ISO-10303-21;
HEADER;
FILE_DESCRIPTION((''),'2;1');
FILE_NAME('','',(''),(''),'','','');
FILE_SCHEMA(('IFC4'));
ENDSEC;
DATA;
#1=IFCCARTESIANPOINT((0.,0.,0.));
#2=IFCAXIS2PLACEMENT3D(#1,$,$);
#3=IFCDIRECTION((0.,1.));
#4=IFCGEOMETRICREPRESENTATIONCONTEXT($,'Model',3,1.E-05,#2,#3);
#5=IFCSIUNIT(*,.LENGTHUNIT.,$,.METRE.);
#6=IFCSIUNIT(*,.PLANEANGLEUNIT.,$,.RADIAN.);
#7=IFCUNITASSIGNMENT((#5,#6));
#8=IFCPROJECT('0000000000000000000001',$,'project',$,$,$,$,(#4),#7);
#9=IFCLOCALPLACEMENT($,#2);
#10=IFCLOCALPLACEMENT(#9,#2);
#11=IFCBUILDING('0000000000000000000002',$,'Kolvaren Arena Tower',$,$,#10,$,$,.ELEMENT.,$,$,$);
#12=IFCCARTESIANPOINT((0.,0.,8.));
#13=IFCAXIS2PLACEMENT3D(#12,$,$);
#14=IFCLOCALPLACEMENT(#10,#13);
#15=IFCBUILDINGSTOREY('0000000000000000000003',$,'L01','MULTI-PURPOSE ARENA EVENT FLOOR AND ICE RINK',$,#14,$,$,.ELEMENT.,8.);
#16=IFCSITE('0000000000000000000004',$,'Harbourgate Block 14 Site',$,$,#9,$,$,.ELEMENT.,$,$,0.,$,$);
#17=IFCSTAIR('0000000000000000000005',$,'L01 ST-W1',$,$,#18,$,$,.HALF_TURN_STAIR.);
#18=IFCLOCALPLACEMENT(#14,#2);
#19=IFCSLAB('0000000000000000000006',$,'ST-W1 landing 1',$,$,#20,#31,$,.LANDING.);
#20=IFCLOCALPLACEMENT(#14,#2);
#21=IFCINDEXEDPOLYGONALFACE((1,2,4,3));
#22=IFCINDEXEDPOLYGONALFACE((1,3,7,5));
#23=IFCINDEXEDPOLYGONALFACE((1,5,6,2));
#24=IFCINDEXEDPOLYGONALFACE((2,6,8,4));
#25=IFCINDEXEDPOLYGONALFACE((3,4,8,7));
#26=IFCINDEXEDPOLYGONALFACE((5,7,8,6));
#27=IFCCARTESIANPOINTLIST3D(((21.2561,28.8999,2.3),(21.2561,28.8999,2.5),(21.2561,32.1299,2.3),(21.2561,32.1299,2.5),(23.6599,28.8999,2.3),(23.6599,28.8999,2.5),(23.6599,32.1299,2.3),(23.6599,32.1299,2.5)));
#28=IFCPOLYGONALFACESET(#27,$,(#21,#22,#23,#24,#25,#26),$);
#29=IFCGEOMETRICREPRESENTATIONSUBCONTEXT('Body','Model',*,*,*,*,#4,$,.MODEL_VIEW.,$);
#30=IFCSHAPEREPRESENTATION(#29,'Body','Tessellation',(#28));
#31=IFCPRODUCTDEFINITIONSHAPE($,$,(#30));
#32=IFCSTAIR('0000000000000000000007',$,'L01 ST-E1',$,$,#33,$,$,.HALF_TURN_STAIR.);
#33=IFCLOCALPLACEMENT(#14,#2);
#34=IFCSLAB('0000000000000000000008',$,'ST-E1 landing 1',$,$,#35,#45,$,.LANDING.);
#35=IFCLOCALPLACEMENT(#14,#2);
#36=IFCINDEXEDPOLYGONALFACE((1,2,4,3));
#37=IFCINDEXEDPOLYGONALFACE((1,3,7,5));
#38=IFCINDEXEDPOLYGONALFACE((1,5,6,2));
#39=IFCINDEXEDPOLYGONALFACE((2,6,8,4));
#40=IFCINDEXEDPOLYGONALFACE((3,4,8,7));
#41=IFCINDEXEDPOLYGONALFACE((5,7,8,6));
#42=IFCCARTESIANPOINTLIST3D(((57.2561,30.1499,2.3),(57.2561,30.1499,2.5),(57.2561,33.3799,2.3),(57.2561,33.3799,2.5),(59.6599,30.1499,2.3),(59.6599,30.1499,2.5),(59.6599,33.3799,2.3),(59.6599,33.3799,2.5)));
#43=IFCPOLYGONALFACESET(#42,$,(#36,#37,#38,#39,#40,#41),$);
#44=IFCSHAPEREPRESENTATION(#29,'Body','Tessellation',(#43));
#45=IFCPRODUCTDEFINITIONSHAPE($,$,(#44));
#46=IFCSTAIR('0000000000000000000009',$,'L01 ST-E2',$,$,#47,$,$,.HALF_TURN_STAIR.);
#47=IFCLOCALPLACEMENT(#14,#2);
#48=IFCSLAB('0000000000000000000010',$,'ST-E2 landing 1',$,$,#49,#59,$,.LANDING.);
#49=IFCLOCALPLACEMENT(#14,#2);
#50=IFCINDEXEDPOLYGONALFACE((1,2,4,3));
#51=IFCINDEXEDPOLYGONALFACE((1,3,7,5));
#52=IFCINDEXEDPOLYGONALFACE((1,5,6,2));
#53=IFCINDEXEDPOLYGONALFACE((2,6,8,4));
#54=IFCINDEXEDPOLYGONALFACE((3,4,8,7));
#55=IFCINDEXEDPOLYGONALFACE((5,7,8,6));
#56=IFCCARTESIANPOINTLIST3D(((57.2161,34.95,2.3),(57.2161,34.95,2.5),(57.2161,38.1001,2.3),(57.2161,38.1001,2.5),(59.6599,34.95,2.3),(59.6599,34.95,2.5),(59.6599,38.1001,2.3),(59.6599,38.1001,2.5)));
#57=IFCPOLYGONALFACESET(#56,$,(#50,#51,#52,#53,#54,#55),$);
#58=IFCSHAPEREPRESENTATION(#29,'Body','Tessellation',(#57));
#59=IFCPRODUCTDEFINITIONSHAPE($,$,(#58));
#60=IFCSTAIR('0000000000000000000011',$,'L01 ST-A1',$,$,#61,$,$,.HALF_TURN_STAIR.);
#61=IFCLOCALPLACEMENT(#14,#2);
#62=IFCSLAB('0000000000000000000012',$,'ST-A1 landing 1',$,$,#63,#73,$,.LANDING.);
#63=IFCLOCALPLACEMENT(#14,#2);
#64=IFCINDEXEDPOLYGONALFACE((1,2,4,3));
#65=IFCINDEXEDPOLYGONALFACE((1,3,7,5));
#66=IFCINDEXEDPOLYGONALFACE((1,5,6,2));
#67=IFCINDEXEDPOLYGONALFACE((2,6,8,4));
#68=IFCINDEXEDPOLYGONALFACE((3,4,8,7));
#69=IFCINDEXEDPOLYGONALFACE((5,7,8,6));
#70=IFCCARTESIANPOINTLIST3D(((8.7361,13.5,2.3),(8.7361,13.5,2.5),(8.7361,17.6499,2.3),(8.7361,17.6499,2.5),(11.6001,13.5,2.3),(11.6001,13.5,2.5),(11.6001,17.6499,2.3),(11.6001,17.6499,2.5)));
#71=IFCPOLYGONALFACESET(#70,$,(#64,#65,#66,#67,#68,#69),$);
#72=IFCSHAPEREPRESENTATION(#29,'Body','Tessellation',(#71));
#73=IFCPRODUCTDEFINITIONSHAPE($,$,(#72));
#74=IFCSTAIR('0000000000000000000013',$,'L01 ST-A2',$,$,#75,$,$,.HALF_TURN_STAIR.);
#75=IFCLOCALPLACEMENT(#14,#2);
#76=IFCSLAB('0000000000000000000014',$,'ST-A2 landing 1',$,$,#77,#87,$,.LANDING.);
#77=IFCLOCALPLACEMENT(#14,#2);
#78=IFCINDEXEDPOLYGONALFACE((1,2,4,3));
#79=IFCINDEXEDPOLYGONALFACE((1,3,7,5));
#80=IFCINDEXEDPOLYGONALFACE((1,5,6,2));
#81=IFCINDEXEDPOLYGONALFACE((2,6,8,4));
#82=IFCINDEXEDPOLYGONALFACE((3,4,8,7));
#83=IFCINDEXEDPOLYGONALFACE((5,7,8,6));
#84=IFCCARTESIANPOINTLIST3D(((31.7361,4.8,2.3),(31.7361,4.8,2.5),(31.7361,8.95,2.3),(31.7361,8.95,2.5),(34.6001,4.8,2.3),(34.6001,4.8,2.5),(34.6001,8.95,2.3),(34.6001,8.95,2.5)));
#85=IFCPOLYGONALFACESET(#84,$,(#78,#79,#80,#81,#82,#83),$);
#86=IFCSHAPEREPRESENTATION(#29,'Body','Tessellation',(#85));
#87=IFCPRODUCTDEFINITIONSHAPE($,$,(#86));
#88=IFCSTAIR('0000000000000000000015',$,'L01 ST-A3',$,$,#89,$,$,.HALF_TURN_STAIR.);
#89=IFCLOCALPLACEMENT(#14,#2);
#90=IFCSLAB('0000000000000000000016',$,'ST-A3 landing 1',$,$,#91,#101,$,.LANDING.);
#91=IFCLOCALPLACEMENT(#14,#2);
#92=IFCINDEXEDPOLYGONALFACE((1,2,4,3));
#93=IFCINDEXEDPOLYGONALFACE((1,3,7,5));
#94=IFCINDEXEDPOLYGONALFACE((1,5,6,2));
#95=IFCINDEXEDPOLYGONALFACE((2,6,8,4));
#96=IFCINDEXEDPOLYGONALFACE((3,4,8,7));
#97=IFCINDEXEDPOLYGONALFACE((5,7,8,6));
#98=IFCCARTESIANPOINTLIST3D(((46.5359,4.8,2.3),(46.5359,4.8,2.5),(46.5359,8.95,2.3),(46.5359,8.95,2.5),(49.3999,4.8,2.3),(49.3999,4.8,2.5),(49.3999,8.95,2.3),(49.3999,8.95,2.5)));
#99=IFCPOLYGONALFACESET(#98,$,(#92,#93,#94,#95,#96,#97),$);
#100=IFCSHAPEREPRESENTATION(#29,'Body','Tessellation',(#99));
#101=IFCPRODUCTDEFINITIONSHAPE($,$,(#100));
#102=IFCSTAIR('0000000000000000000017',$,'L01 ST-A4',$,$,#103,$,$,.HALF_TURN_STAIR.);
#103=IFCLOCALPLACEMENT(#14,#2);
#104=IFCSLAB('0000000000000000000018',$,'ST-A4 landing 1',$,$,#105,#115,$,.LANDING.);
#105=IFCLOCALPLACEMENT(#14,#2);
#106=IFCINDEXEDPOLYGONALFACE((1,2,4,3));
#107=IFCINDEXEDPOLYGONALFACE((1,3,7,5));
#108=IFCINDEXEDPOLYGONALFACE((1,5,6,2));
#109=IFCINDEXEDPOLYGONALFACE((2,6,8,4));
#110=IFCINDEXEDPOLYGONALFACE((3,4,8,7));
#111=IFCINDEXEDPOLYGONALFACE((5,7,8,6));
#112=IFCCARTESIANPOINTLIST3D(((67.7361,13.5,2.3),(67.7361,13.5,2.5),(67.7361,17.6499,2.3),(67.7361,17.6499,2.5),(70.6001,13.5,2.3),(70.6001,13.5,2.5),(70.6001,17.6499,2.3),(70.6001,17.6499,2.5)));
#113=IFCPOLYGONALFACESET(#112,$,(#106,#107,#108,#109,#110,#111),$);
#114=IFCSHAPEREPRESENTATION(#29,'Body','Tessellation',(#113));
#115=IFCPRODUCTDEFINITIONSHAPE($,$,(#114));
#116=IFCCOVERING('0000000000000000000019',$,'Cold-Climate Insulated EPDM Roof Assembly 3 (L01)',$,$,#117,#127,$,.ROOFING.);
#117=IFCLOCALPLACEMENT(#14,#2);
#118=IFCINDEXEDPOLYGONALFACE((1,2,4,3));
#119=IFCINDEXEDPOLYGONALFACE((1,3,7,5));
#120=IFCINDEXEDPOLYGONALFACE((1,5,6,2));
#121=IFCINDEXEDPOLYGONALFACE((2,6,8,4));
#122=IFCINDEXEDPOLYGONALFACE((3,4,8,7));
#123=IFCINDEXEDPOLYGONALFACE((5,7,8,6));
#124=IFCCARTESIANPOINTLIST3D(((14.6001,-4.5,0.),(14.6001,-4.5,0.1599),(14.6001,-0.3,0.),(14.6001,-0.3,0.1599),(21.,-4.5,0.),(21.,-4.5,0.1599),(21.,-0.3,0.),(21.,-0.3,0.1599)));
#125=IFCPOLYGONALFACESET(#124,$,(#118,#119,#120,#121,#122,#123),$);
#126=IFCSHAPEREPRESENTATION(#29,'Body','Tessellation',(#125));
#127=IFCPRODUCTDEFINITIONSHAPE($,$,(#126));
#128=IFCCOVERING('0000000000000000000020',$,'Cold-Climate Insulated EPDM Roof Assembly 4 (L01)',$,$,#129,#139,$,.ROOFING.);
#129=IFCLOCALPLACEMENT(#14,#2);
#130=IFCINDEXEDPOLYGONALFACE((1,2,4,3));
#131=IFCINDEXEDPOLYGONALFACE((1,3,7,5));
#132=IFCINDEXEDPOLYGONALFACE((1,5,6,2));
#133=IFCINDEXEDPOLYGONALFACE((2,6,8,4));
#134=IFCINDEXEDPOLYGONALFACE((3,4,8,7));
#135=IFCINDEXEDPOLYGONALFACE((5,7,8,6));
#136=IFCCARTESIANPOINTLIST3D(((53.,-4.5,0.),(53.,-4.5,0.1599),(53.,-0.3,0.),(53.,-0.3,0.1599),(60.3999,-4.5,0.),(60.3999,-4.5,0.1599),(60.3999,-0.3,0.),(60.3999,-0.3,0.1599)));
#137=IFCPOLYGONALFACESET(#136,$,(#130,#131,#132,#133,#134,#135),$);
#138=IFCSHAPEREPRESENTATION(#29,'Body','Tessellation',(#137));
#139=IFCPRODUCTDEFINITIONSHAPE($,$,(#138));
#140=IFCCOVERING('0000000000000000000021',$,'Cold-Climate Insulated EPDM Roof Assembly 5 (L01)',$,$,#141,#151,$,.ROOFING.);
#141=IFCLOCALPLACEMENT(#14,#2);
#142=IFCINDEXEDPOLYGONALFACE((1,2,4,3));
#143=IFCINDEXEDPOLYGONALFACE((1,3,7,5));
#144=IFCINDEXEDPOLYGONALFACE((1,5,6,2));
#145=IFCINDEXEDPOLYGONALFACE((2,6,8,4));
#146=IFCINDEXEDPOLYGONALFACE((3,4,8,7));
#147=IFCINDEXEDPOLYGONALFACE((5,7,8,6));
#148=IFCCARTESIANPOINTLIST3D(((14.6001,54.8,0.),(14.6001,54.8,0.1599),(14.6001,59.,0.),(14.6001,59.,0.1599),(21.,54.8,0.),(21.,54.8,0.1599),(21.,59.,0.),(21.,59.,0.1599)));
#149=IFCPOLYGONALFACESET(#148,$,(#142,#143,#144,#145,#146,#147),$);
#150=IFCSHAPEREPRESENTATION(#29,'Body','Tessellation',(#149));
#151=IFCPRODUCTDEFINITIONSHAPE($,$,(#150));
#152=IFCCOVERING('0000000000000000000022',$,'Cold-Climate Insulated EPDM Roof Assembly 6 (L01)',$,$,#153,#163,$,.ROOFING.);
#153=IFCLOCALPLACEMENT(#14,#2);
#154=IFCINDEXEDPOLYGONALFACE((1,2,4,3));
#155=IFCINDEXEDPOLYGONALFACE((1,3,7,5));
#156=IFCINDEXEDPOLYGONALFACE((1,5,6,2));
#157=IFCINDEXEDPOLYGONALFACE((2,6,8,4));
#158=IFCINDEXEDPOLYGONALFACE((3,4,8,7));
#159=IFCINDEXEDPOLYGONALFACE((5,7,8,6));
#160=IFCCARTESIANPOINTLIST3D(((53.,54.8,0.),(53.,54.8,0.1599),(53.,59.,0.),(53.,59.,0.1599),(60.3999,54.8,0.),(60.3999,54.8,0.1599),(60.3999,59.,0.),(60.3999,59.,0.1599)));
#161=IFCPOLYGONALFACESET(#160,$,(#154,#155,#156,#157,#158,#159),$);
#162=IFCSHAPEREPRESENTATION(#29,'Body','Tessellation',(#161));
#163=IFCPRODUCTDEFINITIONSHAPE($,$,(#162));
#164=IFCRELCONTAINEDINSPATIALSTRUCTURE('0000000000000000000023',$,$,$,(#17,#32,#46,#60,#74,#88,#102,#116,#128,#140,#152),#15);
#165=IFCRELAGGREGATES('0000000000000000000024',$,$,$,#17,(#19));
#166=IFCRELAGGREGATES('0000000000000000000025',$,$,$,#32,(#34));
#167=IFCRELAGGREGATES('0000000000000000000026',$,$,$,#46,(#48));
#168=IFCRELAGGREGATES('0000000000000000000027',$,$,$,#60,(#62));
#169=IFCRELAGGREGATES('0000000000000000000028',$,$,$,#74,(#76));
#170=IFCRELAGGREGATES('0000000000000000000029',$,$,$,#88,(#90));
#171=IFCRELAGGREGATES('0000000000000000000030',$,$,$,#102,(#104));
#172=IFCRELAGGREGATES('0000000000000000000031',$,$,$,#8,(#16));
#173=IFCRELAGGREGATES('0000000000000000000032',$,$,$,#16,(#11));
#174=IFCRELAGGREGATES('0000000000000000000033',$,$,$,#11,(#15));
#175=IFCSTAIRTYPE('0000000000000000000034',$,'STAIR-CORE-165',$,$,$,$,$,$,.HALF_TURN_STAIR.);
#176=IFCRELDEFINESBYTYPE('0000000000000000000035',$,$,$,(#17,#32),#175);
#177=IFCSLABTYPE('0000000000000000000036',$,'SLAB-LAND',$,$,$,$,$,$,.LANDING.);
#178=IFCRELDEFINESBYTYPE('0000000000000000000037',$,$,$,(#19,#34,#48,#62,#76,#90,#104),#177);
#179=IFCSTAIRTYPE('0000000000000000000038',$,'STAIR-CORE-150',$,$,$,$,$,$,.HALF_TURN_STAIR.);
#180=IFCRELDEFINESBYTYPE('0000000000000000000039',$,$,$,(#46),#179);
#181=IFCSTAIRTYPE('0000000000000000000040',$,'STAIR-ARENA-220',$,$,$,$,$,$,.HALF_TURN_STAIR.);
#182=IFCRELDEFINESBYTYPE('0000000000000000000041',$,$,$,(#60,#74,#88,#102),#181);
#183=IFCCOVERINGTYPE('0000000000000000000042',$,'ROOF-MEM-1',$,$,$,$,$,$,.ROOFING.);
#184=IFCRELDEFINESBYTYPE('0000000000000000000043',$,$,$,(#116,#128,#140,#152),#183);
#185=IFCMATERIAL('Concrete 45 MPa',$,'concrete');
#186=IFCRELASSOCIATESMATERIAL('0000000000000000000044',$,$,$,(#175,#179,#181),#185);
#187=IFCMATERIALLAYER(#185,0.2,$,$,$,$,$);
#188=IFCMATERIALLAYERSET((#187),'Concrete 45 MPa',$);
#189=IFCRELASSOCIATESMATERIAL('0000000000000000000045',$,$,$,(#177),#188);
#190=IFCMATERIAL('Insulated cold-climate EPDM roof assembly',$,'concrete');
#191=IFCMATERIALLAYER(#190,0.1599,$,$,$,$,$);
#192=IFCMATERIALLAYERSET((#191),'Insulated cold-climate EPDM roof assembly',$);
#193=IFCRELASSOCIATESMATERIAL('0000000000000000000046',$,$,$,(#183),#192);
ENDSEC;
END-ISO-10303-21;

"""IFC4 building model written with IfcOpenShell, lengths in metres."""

from ifc_helpers import new_model, si_unit, direction, frame, origin, place, context, subcontext, project, spatial, polyline, outline, extrude, material, layer, layer_set, type_object, element, aggregate, save


model = new_model("IFC4")

# Units and contexts
model_context = context("Model", 3, precision=1e-05, world=origin(), true_north=direction((0.0, 1.0)))
body_context = subcontext(model_context, "Body", "Model", "MODEL_VIEW")
ifc_project = project(units=[si_unit("LENGTHUNIT", "METRE"), si_unit("PLANEANGLEUNIT", "RADIAN")], contexts=[model_context])

# Site, building, storey
site_placement = place(None, origin())
site = spatial("IfcSite", under=ifc_project, at=site_placement, Name="Harbourgate Block 14 Site", CompositionType="ELEMENT", RefElevation=0.0)
building_placement = place(site_placement, origin())
building = spatial("IfcBuilding", under=site, at=building_placement, Name="Kolvaren Arena Tower", CompositionType="ELEMENT")
storey_placement = place(building_placement, frame((0.0, 0.0, 8.0)))
storey = spatial("IfcBuildingStorey", under=building, at=storey_placement, Name="L01", Description="MULTI-PURPOSE ARENA EVENT FLOOR AND ICE RINK", CompositionType="ELEMENT", Elevation=8.0)

# Shared definitions
ifc_material_1 = material(Name="Concrete 45 MPa", Category="concrete")

# Stairs, slabs
stair_type_1 = type_object("IfcStairType", Name="STAIR-CORE-165", PredefinedType="HALF_TURN_STAIR", material=ifc_material_1)
stair_1_placement = place(storey_placement, origin())
stair_1 = element("IfcStair", 1, at=stair_1_placement, inside=storey, type_object=stair_type_1, Name="L01 ST-W1", PredefinedType="HALF_TURN_STAIR")
ifc_layer_1 = layer(ifc_material_1, 0.2)
ifc_layer_set_1 = layer_set([ifc_layer_1], Name="Concrete 45 MPa")
slab_type_1 = type_object("IfcSlabType", Name="SLAB-LAND", PredefinedType="LANDING", material=ifc_layer_set_1)
slab_1_placement = place(storey_placement, frame((0.0, 0.0, 2.3)))
slab_1 = element("IfcSlab", 2, at=slab_1_placement, type_object=slab_type_1, Name="ST-W1 landing 1", PredefinedType="LANDING", context=body_context, shape_type="SweptSolid", body=[
    extrude(outline(polyline([(21.2561, 28.8999), (23.6599, 28.8999), (23.6599, 32.1299), (21.2561, 32.1299), (21.2561, 28.8999)])), origin(), (0.0, 0.0, 1.0), 0.2),
])
aggregate(stair_1, [slab_1])
stair_2_placement = place(storey_placement, origin())
stair_2 = element("IfcStair", 3, at=stair_2_placement, inside=storey, type_object=stair_type_1, Name="L01 ST-E1", PredefinedType="HALF_TURN_STAIR")
slab_2_placement = place(storey_placement, frame((0.0, 0.0, 2.3)))
slab_2 = element("IfcSlab", 4, at=slab_2_placement, type_object=slab_type_1, Name="ST-E1 landing 1", PredefinedType="LANDING", context=body_context, shape_type="SweptSolid", body=[
    extrude(outline(polyline([(57.2561, 30.1499), (59.6599, 30.1499), (59.6599, 33.3799), (57.2561, 33.3799), (57.2561, 30.1499)])), origin(), (0.0, 0.0, 1.0), 0.2),
])
aggregate(stair_2, [slab_2])
stair_type_2 = type_object("IfcStairType", Name="STAIR-CORE-150", PredefinedType="HALF_TURN_STAIR", material=ifc_material_1)
stair_3_placement = place(storey_placement, origin())
stair_3 = element("IfcStair", 5, at=stair_3_placement, inside=storey, type_object=stair_type_2, Name="L01 ST-E2", PredefinedType="HALF_TURN_STAIR")
slab_3_placement = place(storey_placement, frame((0.0, 0.0, 2.3)))
slab_3 = element("IfcSlab", 6, at=slab_3_placement, type_object=slab_type_1, Name="ST-E2 landing 1", PredefinedType="LANDING", context=body_context, shape_type="SweptSolid", body=[
    extrude(outline(polyline([(57.2161, 34.95), (59.6599, 34.95), (59.6599, 38.1001), (57.2161, 38.1001), (57.2161, 34.95)])), origin(), (0.0, 0.0, 1.0), 0.2),
])
aggregate(stair_3, [slab_3])
stair_type_3 = type_object("IfcStairType", Name="STAIR-ARENA-220", PredefinedType="HALF_TURN_STAIR", material=ifc_material_1)
stair_4_placement = place(storey_placement, origin())
stair_4 = element("IfcStair", 7, at=stair_4_placement, inside=storey, type_object=stair_type_3, Name="L01 ST-A1", PredefinedType="HALF_TURN_STAIR")
slab_4_placement = place(storey_placement, frame((0.0, 0.0, 2.3)))
slab_4 = element("IfcSlab", 8, at=slab_4_placement, type_object=slab_type_1, Name="ST-A1 landing 1", PredefinedType="LANDING", context=body_context, shape_type="SweptSolid", body=[
    extrude(outline(polyline([(8.7361, 13.5), (11.6001, 13.5), (11.6001, 17.6499), (8.7361, 17.6499), (8.7361, 13.5)])), origin(), (0.0, 0.0, 1.0), 0.2),
])
aggregate(stair_4, [slab_4])
stair_5_placement = place(storey_placement, origin())
stair_5 = element("IfcStair", 9, at=stair_5_placement, inside=storey, type_object=stair_type_3, Name="L01 ST-A2", PredefinedType="HALF_TURN_STAIR")
slab_5_placement = place(storey_placement, frame((0.0, 0.0, 2.3)))
slab_5 = element("IfcSlab", 10, at=slab_5_placement, type_object=slab_type_1, Name="ST-A2 landing 1", PredefinedType="LANDING", context=body_context, shape_type="SweptSolid", body=[
    extrude(outline(polyline([(31.7361, 4.8), (34.6001, 4.8), (34.6001, 8.95), (31.7361, 8.95), (31.7361, 4.8)])), origin(), (0.0, 0.0, 1.0), 0.2),
])
aggregate(stair_5, [slab_5])
stair_6_placement = place(storey_placement, origin())
stair_6 = element("IfcStair", 11, at=stair_6_placement, inside=storey, type_object=stair_type_3, Name="L01 ST-A3", PredefinedType="HALF_TURN_STAIR")
slab_6_placement = place(storey_placement, frame((0.0, 0.0, 2.3)))
slab_6 = element("IfcSlab", 12, at=slab_6_placement, type_object=slab_type_1, Name="ST-A3 landing 1", PredefinedType="LANDING", context=body_context, shape_type="SweptSolid", body=[
    extrude(outline(polyline([(46.5359, 4.8), (49.3999, 4.8), (49.3999, 8.95), (46.5359, 8.95), (46.5359, 4.8)])), origin(), (0.0, 0.0, 1.0), 0.2),
])
aggregate(stair_6, [slab_6])
stair_7_placement = place(storey_placement, origin())
stair_7 = element("IfcStair", 13, at=stair_7_placement, inside=storey, type_object=stair_type_3, Name="L01 ST-A4", PredefinedType="HALF_TURN_STAIR")
slab_7_placement = place(storey_placement, frame((0.0, 0.0, 2.3)))
slab_7 = element("IfcSlab", 14, at=slab_7_placement, type_object=slab_type_1, Name="ST-A4 landing 1", PredefinedType="LANDING", context=body_context, shape_type="SweptSolid", body=[
    extrude(outline(polyline([(67.7361, 13.5), (70.6001, 13.5), (70.6001, 17.6499), (67.7361, 17.6499), (67.7361, 13.5)])), origin(), (0.0, 0.0, 1.0), 0.2),
])
aggregate(stair_7, [slab_7])

# Coverings
ifc_material_2 = material(Name="Insulated cold-climate EPDM roof assembly", Category="concrete")
ifc_layer_2 = layer(ifc_material_2, 0.1599)
ifc_layer_set_2 = layer_set([ifc_layer_2], Name="Insulated cold-climate EPDM roof assembly")
covering_type = type_object("IfcCoveringType", Name="ROOF-MEM-1", PredefinedType="ROOFING", material=ifc_layer_set_2)
covering_1_placement = place(storey_placement, origin())
element("IfcCovering", 15, at=covering_1_placement, inside=storey, type_object=covering_type, Name="Cold-Climate Insulated EPDM Roof Assembly 3 (L01)", PredefinedType="ROOFING", context=body_context, shape_type="SweptSolid", body=[
    extrude(outline(polyline([(14.6001, -4.5), (21.0, -4.5), (21.0, -0.3), (14.6001, -0.3), (14.6001, -4.5)])), origin(), (0.0, 0.0, 1.0), 0.1599),
])
covering_2_placement = place(storey_placement, origin())
element("IfcCovering", 16, at=covering_2_placement, inside=storey, type_object=covering_type, Name="Cold-Climate Insulated EPDM Roof Assembly 4 (L01)", PredefinedType="ROOFING", context=body_context, shape_type="SweptSolid", body=[
    extrude(outline(polyline([(53.0, -4.5), (60.3999, -4.5), (60.3999, -0.3), (53.0, -0.3), (53.0, -4.5)])), origin(), (0.0, 0.0, 1.0), 0.1599),
])
covering_3_placement = place(storey_placement, origin())
element("IfcCovering", 17, at=covering_3_placement, inside=storey, type_object=covering_type, Name="Cold-Climate Insulated EPDM Roof Assembly 5 (L01)", PredefinedType="ROOFING", context=body_context, shape_type="SweptSolid", body=[
    extrude(outline(polyline([(14.6001, 54.8), (21.0, 54.8), (21.0, 59.0), (14.6001, 59.0), (14.6001, 54.8)])), origin(), (0.0, 0.0, 1.0), 0.1599),
])
covering_4_placement = place(storey_placement, origin())
element("IfcCovering", 18, at=covering_4_placement, inside=storey, type_object=covering_type, Name="Cold-Climate Insulated EPDM Roof Assembly 6 (L01)", PredefinedType="ROOFING", context=body_context, shape_type="SweptSolid", body=[
    extrude(outline(polyline([(53.0, 54.8), (60.3999, 54.8), (60.3999, 59.0), (53.0, 59.0), (53.0, 54.8)])), origin(), (0.0, 0.0, 1.0), 0.1599),
])

save(model, "model.ifc")
